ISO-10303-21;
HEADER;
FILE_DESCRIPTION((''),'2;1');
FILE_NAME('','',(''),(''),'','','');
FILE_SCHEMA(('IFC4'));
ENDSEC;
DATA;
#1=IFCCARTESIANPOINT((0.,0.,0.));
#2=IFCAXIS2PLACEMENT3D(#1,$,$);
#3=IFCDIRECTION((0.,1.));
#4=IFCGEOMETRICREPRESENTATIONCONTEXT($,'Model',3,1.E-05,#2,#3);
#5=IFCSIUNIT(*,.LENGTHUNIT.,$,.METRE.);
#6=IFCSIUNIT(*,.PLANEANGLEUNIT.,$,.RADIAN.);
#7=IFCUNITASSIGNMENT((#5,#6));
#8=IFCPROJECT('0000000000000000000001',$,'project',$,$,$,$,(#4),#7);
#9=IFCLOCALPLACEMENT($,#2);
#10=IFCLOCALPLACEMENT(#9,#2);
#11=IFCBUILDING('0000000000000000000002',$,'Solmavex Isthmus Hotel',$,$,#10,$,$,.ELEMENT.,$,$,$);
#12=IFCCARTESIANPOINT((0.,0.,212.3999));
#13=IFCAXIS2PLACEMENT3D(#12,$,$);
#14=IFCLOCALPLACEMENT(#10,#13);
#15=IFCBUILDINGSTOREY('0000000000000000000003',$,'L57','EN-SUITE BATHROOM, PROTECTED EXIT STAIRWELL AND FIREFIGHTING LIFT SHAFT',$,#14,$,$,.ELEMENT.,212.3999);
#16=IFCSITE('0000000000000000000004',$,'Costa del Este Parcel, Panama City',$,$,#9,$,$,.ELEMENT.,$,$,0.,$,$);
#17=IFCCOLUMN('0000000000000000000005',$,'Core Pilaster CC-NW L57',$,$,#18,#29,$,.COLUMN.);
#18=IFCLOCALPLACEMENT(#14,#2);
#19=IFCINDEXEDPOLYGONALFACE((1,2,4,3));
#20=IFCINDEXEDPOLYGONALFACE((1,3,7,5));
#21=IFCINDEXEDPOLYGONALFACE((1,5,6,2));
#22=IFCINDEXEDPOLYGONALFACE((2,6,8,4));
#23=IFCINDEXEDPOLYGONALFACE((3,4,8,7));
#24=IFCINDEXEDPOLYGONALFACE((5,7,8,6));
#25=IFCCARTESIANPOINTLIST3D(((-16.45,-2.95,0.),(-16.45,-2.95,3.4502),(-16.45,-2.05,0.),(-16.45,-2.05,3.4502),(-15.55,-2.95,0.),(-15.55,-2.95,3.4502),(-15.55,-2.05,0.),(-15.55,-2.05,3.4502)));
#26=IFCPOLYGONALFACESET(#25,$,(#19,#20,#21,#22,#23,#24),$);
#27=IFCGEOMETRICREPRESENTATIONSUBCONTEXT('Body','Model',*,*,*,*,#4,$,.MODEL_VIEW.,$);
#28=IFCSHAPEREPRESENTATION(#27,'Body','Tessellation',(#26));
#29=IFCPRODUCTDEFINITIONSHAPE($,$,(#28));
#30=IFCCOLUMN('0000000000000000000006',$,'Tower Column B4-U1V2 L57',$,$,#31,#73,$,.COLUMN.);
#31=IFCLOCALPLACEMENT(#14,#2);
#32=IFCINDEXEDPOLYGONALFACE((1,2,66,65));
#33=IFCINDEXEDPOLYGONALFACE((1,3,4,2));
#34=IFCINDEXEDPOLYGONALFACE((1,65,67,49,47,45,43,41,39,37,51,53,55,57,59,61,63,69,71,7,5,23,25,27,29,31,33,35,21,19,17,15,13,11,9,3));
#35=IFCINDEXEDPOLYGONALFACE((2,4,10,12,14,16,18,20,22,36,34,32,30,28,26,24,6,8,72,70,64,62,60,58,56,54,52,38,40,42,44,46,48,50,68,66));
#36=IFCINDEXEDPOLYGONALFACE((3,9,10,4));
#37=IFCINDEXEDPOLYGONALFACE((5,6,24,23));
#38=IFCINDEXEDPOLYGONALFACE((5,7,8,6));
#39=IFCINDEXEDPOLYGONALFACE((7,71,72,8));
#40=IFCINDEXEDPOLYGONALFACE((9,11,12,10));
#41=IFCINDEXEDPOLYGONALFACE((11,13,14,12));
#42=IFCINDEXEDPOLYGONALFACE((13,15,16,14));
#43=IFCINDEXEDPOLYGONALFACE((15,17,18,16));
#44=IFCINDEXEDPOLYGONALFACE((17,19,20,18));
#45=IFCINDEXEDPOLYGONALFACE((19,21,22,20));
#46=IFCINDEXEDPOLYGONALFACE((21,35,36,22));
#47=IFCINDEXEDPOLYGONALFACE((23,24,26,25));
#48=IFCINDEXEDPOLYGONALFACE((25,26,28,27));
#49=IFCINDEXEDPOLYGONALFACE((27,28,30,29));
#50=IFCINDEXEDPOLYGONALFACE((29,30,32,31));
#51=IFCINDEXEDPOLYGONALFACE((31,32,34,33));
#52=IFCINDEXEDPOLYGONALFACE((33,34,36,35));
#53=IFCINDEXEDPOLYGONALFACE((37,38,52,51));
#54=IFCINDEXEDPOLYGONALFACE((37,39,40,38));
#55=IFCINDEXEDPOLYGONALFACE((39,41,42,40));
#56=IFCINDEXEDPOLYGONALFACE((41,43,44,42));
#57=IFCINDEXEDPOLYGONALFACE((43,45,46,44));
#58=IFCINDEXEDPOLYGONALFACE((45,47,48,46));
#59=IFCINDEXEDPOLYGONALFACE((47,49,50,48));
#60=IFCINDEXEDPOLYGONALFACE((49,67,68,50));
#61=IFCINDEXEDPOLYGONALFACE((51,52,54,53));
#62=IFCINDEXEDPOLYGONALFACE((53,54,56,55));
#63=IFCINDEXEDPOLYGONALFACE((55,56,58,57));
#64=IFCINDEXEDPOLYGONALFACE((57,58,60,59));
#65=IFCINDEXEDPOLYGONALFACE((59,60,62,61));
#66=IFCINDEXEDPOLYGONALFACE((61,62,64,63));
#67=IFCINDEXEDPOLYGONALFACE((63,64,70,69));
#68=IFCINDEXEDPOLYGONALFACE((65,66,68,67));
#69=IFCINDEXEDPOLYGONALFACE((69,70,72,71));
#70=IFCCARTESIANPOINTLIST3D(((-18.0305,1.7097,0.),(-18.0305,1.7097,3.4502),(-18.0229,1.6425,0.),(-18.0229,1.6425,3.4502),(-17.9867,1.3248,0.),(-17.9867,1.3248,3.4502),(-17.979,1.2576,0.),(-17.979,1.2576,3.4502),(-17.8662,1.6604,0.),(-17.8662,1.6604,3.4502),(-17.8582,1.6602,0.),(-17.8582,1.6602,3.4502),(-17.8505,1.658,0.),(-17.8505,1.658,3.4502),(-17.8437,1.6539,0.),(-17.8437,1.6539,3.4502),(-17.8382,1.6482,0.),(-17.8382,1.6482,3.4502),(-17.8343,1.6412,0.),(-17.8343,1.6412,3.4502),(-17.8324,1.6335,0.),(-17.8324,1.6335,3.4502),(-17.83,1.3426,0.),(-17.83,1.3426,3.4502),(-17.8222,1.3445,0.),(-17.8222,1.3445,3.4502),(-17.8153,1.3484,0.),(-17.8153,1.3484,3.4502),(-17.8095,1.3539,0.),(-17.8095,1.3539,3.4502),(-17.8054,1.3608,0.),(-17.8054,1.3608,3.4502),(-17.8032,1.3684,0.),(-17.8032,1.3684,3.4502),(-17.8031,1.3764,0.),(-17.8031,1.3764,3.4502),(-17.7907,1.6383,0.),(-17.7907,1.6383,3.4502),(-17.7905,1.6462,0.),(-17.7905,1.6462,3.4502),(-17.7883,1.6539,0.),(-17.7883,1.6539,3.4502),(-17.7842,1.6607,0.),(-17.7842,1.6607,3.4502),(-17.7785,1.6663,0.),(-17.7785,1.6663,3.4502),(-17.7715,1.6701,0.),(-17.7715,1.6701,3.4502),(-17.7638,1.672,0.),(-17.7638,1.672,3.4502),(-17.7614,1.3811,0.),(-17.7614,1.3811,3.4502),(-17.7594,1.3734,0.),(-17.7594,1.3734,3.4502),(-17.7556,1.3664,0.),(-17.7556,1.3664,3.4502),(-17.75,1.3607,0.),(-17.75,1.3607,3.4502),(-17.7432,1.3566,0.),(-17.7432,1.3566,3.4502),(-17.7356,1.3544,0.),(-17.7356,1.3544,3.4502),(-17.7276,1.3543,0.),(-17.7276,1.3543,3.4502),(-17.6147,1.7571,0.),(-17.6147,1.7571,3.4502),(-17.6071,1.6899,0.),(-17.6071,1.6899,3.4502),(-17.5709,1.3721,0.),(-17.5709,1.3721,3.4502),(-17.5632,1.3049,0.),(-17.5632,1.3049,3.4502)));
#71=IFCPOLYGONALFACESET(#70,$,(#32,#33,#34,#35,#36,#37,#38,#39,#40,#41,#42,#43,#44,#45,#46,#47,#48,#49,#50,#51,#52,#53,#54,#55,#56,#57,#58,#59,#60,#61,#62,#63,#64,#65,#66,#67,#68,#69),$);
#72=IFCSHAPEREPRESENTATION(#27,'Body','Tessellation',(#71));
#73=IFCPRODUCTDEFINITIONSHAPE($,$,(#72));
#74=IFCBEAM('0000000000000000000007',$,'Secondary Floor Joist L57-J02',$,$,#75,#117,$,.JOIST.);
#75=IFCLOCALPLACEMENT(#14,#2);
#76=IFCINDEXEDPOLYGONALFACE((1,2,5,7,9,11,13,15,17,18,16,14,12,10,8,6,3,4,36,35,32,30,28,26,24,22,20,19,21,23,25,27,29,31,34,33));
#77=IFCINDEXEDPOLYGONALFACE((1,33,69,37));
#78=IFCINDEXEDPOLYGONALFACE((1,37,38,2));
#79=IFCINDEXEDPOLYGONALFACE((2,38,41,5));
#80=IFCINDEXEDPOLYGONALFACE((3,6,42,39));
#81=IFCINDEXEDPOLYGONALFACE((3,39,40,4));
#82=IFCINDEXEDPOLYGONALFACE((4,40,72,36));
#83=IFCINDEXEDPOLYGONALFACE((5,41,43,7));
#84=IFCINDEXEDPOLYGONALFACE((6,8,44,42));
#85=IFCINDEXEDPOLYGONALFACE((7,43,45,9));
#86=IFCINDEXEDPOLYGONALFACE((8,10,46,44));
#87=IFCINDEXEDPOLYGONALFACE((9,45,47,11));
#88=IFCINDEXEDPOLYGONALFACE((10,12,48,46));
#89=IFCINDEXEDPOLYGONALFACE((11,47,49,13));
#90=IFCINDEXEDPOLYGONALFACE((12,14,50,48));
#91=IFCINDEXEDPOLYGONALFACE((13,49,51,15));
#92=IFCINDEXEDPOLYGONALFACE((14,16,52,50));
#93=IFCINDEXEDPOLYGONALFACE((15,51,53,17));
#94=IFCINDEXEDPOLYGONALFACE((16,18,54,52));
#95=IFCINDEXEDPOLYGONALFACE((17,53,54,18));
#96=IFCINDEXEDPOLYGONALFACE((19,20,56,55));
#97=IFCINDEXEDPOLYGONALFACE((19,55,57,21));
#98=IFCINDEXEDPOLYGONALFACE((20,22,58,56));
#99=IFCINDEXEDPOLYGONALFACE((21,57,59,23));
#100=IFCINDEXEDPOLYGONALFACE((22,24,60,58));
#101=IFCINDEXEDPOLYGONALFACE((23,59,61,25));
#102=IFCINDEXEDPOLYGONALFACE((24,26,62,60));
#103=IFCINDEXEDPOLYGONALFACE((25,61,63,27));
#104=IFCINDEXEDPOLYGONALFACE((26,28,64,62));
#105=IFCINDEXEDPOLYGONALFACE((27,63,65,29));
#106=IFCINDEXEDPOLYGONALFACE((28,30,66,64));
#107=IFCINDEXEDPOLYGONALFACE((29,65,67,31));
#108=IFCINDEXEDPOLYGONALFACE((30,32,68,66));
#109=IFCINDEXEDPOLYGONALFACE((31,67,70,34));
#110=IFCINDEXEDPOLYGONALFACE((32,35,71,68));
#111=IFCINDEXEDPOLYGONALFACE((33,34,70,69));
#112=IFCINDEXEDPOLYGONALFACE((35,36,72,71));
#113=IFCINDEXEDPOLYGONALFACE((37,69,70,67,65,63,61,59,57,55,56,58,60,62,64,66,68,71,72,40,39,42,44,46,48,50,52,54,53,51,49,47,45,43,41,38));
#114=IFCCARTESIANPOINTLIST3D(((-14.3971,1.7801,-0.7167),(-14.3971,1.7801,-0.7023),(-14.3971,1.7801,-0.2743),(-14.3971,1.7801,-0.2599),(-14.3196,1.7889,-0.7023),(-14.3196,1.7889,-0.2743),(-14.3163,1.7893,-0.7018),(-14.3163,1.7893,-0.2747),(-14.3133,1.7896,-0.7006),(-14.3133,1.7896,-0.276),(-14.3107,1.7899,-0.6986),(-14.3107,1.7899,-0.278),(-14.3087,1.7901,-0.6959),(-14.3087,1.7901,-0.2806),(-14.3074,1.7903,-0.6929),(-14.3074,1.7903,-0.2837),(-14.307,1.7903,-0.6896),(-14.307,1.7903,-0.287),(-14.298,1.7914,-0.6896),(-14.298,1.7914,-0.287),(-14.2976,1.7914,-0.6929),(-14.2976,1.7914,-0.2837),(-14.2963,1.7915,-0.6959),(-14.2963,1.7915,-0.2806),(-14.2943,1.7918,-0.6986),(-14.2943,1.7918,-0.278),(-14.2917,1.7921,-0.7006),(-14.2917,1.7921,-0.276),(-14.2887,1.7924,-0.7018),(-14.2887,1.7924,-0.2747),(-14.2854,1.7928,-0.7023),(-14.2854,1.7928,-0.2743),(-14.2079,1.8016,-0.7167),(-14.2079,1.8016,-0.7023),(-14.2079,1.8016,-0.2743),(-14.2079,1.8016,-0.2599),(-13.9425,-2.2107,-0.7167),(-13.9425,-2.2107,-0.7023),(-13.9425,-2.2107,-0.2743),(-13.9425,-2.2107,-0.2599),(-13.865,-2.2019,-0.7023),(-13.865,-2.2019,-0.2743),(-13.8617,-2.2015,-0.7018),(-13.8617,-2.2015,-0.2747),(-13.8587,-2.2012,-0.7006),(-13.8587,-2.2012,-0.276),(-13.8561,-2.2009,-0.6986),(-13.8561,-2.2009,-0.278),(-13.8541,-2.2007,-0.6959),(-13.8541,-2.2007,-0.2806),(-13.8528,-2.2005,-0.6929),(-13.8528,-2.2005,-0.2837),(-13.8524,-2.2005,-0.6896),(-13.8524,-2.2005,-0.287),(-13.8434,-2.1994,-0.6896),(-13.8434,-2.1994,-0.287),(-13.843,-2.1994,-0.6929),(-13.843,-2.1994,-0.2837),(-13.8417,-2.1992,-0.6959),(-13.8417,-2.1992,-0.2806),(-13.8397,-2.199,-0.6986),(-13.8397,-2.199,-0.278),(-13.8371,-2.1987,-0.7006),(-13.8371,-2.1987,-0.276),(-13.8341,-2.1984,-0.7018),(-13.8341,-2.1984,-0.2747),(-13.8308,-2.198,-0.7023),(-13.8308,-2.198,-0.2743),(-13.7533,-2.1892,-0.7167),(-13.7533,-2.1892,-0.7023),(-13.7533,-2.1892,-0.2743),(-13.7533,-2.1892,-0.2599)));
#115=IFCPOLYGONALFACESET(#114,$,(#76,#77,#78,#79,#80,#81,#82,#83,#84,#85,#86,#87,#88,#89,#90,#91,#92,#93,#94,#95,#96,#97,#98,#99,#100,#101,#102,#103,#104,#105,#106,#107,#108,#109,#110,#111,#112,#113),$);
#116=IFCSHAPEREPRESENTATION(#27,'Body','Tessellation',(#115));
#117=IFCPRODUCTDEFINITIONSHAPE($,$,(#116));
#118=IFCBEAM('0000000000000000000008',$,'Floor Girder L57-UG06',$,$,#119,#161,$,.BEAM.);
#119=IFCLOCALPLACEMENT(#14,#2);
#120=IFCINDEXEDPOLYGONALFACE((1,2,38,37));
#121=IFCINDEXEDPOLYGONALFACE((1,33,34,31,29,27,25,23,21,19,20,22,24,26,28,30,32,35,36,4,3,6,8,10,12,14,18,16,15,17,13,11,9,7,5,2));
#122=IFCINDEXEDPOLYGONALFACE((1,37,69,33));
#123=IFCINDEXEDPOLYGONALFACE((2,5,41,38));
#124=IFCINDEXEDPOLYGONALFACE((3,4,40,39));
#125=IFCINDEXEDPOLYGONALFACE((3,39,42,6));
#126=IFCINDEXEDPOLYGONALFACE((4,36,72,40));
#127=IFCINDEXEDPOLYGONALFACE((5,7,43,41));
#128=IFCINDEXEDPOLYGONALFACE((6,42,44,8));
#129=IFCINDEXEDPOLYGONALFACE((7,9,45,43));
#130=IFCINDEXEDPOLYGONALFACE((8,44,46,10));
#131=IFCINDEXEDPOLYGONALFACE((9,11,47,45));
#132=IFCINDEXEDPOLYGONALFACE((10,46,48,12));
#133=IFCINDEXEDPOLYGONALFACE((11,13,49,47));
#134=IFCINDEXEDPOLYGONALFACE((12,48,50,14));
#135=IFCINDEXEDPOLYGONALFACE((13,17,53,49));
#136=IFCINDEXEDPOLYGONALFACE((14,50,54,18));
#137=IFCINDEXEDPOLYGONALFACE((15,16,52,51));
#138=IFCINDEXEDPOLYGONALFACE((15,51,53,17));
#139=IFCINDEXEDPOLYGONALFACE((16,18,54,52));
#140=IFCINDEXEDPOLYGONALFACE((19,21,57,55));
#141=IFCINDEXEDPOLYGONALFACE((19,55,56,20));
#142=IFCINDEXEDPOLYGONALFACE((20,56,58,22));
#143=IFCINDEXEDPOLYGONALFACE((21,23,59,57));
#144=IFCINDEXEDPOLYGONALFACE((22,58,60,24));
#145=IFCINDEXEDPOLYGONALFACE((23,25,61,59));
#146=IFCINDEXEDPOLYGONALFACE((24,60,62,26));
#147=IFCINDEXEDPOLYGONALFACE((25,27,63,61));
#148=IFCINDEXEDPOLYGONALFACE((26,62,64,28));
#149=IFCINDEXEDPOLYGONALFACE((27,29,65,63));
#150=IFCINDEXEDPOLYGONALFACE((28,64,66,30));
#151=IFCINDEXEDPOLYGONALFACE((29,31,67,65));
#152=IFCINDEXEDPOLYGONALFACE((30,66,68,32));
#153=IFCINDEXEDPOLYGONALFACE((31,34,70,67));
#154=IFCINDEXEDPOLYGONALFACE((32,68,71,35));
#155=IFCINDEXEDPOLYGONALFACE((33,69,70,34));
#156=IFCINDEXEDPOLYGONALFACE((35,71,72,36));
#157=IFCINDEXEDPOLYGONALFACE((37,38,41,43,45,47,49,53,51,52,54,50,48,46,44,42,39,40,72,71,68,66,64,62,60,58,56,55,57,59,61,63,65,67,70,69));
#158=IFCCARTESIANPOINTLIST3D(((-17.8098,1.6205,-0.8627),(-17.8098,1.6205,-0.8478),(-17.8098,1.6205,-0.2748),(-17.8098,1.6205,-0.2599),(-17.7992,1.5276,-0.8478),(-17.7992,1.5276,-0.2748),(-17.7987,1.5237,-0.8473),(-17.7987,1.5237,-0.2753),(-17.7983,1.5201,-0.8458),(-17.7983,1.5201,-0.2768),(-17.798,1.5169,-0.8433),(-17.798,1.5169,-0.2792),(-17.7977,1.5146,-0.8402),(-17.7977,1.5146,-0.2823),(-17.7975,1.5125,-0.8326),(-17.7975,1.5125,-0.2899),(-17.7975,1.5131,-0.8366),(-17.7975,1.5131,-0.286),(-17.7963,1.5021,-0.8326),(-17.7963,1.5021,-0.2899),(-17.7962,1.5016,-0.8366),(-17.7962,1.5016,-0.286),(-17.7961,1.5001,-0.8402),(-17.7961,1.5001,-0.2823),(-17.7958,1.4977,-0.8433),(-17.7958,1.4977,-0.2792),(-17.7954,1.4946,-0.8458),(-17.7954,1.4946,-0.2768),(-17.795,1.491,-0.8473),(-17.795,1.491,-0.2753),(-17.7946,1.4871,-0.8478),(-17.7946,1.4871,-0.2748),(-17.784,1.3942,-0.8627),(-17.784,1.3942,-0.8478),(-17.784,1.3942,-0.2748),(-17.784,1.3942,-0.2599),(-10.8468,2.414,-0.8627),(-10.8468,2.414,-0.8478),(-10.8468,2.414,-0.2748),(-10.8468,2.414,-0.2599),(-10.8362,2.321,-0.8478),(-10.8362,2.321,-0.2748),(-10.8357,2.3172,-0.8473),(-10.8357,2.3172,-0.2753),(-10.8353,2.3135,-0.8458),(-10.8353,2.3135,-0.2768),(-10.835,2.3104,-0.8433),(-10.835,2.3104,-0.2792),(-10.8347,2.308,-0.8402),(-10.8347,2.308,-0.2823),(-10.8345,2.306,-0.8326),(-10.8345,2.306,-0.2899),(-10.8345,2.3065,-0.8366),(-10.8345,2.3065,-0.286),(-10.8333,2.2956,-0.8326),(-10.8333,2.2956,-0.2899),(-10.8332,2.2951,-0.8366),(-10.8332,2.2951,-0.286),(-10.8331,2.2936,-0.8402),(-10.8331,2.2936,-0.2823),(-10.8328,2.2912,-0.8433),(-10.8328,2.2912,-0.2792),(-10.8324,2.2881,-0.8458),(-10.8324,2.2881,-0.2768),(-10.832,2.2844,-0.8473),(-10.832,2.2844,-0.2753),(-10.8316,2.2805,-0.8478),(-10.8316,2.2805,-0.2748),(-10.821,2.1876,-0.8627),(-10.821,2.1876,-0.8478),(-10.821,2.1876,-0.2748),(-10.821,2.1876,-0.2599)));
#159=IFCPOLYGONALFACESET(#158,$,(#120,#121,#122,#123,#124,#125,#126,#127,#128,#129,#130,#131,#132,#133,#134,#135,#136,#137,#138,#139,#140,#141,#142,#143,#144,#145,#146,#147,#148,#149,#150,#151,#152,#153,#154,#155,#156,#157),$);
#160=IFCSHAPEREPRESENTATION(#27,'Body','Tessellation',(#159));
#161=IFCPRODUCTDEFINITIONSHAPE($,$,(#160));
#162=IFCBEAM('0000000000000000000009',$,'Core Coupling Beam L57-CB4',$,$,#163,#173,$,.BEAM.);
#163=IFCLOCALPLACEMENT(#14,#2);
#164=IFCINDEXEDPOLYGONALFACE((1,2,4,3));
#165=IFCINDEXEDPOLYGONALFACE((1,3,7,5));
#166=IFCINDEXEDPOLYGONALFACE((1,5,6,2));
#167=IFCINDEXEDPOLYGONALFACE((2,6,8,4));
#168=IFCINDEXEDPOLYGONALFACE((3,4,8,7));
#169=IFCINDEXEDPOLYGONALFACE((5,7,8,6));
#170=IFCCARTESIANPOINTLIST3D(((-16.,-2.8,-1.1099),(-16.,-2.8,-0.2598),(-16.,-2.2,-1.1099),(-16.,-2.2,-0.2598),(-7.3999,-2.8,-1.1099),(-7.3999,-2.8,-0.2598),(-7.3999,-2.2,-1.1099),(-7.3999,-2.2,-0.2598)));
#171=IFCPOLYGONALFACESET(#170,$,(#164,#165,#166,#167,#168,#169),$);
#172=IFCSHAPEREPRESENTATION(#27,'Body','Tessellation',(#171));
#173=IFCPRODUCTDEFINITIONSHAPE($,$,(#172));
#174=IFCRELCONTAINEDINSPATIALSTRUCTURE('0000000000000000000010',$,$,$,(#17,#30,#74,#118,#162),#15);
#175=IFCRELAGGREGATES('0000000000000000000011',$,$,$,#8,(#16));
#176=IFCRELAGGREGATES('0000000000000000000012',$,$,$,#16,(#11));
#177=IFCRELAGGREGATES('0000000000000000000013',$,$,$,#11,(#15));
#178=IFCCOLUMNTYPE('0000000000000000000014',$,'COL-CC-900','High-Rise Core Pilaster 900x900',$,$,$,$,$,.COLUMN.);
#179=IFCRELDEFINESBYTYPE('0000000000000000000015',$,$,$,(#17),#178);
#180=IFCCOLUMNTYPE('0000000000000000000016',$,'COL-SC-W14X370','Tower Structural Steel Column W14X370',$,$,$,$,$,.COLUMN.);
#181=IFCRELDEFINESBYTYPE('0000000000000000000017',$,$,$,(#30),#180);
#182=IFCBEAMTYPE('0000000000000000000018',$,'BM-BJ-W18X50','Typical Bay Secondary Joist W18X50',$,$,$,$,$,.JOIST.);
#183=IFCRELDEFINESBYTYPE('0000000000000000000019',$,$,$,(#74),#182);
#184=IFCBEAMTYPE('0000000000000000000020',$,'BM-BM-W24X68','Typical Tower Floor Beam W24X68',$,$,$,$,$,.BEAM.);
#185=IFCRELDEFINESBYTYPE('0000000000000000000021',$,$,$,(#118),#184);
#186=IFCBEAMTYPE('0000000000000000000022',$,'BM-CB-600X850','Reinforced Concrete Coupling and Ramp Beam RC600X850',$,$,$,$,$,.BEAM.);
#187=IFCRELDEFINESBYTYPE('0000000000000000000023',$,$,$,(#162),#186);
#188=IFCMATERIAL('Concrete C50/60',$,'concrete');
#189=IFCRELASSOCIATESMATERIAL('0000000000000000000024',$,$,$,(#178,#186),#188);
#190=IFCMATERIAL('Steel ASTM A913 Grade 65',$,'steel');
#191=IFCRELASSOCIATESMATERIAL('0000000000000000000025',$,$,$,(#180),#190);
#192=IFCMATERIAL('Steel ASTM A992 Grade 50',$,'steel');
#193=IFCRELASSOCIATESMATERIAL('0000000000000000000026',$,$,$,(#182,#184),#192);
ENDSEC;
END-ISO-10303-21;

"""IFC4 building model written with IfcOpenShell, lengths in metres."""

from ifc_helpers import new_model, si_unit, direction, frame, origin, origin_2d, place, context, subcontext, project, spatial, rectangle, i_section, extrude, material, material_profile, profile_set, type_object, element, save


model = new_model("IFC4")

# Units and contexts
model_context = context("Model", 3, precision=1e-05, world=origin(), true_north=direction((0.0, 1.0)))
body_context = subcontext(model_context, "Body", "Model", "MODEL_VIEW")
ifc_project = project(units=[si_unit("LENGTHUNIT", "METRE"), si_unit("PLANEANGLEUNIT", "RADIAN")], contexts=[model_context])

# Site, building, storey
site_placement = place(None, origin())
site = spatial("IfcSite", under=ifc_project, at=site_placement, Name="Costa del Este Parcel, Panama City", CompositionType="ELEMENT", RefElevation=0.0)
building_placement = place(site_placement, origin())
building = spatial("IfcBuilding", under=site, at=building_placement, Name="Solmavex Isthmus Hotel", CompositionType="ELEMENT")
storey_placement = place(building_placement, frame((0.0, 0.0, 212.3999)))
storey = spatial("IfcBuildingStorey", under=building, at=storey_placement, Name="L57", Description="EN-SUITE BATHROOM, PROTECTED EXIT STAIRWELL AND FIREFIGHTING LIFT SHAFT", CompositionType="ELEMENT", Elevation=212.3999)

# Columns
ifc_material_1 = material(Name="Concrete C50/60", Category="concrete")
ifc_material_profile_1 = material_profile(ifc_material_1, rectangle(XDim=0.8999, YDim=0.8999, at=origin_2d()), Name="RC900X900")
ifc_profile_set_1 = profile_set([ifc_material_profile_1], Name="Concrete C50/60")
column_type_1 = type_object("IfcColumnType", Name="COL-CC-900", Description="High-Rise Core Pilaster 900x900", PredefinedType="COLUMN", material=ifc_profile_set_1)
column_1_placement = place(storey_placement, frame((-16.0, -2.5, 0.0), z_axis=(0.0, 0.0, 1.0), x_axis=(1.0, 0.0, 0.0)))
element("IfcColumn", 1, at=column_1_placement, inside=storey, type_object=column_type_1, Name="Core Pilaster CC-NW L57", PredefinedType="COLUMN", context=body_context, shape_type="SweptSolid", body=[
    extrude(rectangle(XDim=0.8999, YDim=0.8999, at=origin_2d()), origin(), (0.0, 0.0, 1.0), 3.4502),
])
ifc_material_2 = material(Name="Steel ASTM A913 Grade 65", Category="steel")
ifc_material_profile_2 = material_profile(ifc_material_2, i_section(OverallWidth=0.4185, OverallDepth=0.4551, WebThickness=0.042, FlangeThickness=0.0676, FilletRadius=0.0305, at=origin_2d()), Name="W14X370")
ifc_profile_set_2 = profile_set([ifc_material_profile_2], Name="Steel ASTM A913 Grade 65")
column_type_2 = type_object("IfcColumnType", Name="COL-SC-W14X370", Description="Tower Structural Steel Column W14X370", PredefinedType="COLUMN", material=ifc_profile_set_2)
column_2_placement = place(storey_placement, frame((-17.7969, 1.5073, 0.0), z_axis=(0.0, 0.0, 1.0), x_axis=(0.993572, 0.113203, 0.0)))
element("IfcColumn", 2, at=column_2_placement, inside=storey, type_object=column_type_2, Name="Tower Column B4-U1V2 L57", PredefinedType="COLUMN", context=body_context, shape_type="SweptSolid", body=[
    extrude(i_section(OverallWidth=0.4185, OverallDepth=0.4551, WebThickness=0.042, FlangeThickness=0.0676, FilletRadius=0.0305, at=origin_2d()), origin(), (0.0, 0.0, 1.0), 3.4502),
])

# Beams
ifc_material_3 = material(Name="Steel ASTM A992 Grade 50", Category="steel")
ifc_material_profile_3 = material_profile(ifc_material_3, i_section(OverallWidth=0.1904, OverallDepth=0.4568, WebThickness=0.009, FlangeThickness=0.0144, FilletRadius=0.0127, at=origin_2d()), Name="W18X50")
ifc_profile_set_3 = profile_set([ifc_material_profile_3], Name="Steel ASTM A992 Grade 50")
beam_type_1 = type_object("IfcBeamType", Name="BM-BJ-W18X50", Description="Typical Bay Secondary Joist W18X50", PredefinedType="JOIST", material=ifc_profile_set_3)
beam_1_placement = place(storey_placement, frame((-13.8479, -2.2, -0.4883), z_axis=(-0.11318, 0.993575, 0.0), x_axis=(-0.993575, -0.11318, 0.0)))
element("IfcBeam", 3, at=beam_1_placement, inside=storey, type_object=beam_type_1, Name="Secondary Floor Joist L57-J02", PredefinedType="JOIST", context=body_context, shape_type="SweptSolid", body=[
    extrude(i_section(OverallWidth=0.1904, OverallDepth=0.4568, WebThickness=0.009, FlangeThickness=0.0144, FilletRadius=0.0127, at=origin_2d()), origin(), (0.0, 0.0, 1.0), 4.0166),
])
ifc_material_profile_4 = material_profile(ifc_material_3, i_section(OverallWidth=0.2278, OverallDepth=0.6028, WebThickness=0.0105, FlangeThickness=0.0149, FilletRadius=0.0151, at=origin_2d()), Name="W24X68")
ifc_profile_set_4 = profile_set([ifc_material_profile_4], Name="Steel ASTM A992 Grade 50")
beam_type_2 = type_object("IfcBeamType", Name="BM-BM-W24X68", Description="Typical Tower Floor Beam W24X68", PredefinedType="BEAM", material=ifc_profile_set_4)
beam_2_placement = place(storey_placement, frame((-17.7969, 1.5073, -0.5613), z_axis=(0.99357, 0.113222, 0.0), x_axis=(-0.113222, 0.99357, 0.0)))
element("IfcBeam", 4, at=beam_2_placement, inside=storey, type_object=beam_type_2, Name="Floor Girder L57-UG06", PredefinedType="BEAM", context=body_context, shape_type="SweptSolid", body=[
    extrude(i_section(OverallWidth=0.2278, OverallDepth=0.6028, WebThickness=0.0105, FlangeThickness=0.0149, FilletRadius=0.0151, at=origin_2d()), origin(), (0.0, 0.0, 1.0), 7.0081),
])
ifc_material_profile_5 = material_profile(ifc_material_1, rectangle(XDim=0.6001, YDim=0.8501, at=origin_2d()), Name="RC600X850")
ifc_profile_set_5 = profile_set([ifc_material_profile_5], Name="Concrete C50/60")
beam_type_3 = type_object("IfcBeamType", Name="BM-CB-600X850", Description="Reinforced Concrete Coupling and Ramp Beam RC600X850", PredefinedType="BEAM", material=ifc_profile_set_5)
beam_3_placement = place(storey_placement, frame((-16.0, -2.5, -0.6848), z_axis=(1.0, 0.0, 0.0), x_axis=(0.0, 1.0, 0.0)))
element("IfcBeam", 5, at=beam_3_placement, inside=storey, type_object=beam_type_3, Name="Core Coupling Beam L57-CB4", PredefinedType="BEAM", context=body_context, shape_type="SweptSolid", body=[
    extrude(rectangle(XDim=0.6001, YDim=0.8501, at=origin_2d()), origin(), (0.0, 0.0, 1.0), 8.6001),
])

save(model, "model.ifc")
